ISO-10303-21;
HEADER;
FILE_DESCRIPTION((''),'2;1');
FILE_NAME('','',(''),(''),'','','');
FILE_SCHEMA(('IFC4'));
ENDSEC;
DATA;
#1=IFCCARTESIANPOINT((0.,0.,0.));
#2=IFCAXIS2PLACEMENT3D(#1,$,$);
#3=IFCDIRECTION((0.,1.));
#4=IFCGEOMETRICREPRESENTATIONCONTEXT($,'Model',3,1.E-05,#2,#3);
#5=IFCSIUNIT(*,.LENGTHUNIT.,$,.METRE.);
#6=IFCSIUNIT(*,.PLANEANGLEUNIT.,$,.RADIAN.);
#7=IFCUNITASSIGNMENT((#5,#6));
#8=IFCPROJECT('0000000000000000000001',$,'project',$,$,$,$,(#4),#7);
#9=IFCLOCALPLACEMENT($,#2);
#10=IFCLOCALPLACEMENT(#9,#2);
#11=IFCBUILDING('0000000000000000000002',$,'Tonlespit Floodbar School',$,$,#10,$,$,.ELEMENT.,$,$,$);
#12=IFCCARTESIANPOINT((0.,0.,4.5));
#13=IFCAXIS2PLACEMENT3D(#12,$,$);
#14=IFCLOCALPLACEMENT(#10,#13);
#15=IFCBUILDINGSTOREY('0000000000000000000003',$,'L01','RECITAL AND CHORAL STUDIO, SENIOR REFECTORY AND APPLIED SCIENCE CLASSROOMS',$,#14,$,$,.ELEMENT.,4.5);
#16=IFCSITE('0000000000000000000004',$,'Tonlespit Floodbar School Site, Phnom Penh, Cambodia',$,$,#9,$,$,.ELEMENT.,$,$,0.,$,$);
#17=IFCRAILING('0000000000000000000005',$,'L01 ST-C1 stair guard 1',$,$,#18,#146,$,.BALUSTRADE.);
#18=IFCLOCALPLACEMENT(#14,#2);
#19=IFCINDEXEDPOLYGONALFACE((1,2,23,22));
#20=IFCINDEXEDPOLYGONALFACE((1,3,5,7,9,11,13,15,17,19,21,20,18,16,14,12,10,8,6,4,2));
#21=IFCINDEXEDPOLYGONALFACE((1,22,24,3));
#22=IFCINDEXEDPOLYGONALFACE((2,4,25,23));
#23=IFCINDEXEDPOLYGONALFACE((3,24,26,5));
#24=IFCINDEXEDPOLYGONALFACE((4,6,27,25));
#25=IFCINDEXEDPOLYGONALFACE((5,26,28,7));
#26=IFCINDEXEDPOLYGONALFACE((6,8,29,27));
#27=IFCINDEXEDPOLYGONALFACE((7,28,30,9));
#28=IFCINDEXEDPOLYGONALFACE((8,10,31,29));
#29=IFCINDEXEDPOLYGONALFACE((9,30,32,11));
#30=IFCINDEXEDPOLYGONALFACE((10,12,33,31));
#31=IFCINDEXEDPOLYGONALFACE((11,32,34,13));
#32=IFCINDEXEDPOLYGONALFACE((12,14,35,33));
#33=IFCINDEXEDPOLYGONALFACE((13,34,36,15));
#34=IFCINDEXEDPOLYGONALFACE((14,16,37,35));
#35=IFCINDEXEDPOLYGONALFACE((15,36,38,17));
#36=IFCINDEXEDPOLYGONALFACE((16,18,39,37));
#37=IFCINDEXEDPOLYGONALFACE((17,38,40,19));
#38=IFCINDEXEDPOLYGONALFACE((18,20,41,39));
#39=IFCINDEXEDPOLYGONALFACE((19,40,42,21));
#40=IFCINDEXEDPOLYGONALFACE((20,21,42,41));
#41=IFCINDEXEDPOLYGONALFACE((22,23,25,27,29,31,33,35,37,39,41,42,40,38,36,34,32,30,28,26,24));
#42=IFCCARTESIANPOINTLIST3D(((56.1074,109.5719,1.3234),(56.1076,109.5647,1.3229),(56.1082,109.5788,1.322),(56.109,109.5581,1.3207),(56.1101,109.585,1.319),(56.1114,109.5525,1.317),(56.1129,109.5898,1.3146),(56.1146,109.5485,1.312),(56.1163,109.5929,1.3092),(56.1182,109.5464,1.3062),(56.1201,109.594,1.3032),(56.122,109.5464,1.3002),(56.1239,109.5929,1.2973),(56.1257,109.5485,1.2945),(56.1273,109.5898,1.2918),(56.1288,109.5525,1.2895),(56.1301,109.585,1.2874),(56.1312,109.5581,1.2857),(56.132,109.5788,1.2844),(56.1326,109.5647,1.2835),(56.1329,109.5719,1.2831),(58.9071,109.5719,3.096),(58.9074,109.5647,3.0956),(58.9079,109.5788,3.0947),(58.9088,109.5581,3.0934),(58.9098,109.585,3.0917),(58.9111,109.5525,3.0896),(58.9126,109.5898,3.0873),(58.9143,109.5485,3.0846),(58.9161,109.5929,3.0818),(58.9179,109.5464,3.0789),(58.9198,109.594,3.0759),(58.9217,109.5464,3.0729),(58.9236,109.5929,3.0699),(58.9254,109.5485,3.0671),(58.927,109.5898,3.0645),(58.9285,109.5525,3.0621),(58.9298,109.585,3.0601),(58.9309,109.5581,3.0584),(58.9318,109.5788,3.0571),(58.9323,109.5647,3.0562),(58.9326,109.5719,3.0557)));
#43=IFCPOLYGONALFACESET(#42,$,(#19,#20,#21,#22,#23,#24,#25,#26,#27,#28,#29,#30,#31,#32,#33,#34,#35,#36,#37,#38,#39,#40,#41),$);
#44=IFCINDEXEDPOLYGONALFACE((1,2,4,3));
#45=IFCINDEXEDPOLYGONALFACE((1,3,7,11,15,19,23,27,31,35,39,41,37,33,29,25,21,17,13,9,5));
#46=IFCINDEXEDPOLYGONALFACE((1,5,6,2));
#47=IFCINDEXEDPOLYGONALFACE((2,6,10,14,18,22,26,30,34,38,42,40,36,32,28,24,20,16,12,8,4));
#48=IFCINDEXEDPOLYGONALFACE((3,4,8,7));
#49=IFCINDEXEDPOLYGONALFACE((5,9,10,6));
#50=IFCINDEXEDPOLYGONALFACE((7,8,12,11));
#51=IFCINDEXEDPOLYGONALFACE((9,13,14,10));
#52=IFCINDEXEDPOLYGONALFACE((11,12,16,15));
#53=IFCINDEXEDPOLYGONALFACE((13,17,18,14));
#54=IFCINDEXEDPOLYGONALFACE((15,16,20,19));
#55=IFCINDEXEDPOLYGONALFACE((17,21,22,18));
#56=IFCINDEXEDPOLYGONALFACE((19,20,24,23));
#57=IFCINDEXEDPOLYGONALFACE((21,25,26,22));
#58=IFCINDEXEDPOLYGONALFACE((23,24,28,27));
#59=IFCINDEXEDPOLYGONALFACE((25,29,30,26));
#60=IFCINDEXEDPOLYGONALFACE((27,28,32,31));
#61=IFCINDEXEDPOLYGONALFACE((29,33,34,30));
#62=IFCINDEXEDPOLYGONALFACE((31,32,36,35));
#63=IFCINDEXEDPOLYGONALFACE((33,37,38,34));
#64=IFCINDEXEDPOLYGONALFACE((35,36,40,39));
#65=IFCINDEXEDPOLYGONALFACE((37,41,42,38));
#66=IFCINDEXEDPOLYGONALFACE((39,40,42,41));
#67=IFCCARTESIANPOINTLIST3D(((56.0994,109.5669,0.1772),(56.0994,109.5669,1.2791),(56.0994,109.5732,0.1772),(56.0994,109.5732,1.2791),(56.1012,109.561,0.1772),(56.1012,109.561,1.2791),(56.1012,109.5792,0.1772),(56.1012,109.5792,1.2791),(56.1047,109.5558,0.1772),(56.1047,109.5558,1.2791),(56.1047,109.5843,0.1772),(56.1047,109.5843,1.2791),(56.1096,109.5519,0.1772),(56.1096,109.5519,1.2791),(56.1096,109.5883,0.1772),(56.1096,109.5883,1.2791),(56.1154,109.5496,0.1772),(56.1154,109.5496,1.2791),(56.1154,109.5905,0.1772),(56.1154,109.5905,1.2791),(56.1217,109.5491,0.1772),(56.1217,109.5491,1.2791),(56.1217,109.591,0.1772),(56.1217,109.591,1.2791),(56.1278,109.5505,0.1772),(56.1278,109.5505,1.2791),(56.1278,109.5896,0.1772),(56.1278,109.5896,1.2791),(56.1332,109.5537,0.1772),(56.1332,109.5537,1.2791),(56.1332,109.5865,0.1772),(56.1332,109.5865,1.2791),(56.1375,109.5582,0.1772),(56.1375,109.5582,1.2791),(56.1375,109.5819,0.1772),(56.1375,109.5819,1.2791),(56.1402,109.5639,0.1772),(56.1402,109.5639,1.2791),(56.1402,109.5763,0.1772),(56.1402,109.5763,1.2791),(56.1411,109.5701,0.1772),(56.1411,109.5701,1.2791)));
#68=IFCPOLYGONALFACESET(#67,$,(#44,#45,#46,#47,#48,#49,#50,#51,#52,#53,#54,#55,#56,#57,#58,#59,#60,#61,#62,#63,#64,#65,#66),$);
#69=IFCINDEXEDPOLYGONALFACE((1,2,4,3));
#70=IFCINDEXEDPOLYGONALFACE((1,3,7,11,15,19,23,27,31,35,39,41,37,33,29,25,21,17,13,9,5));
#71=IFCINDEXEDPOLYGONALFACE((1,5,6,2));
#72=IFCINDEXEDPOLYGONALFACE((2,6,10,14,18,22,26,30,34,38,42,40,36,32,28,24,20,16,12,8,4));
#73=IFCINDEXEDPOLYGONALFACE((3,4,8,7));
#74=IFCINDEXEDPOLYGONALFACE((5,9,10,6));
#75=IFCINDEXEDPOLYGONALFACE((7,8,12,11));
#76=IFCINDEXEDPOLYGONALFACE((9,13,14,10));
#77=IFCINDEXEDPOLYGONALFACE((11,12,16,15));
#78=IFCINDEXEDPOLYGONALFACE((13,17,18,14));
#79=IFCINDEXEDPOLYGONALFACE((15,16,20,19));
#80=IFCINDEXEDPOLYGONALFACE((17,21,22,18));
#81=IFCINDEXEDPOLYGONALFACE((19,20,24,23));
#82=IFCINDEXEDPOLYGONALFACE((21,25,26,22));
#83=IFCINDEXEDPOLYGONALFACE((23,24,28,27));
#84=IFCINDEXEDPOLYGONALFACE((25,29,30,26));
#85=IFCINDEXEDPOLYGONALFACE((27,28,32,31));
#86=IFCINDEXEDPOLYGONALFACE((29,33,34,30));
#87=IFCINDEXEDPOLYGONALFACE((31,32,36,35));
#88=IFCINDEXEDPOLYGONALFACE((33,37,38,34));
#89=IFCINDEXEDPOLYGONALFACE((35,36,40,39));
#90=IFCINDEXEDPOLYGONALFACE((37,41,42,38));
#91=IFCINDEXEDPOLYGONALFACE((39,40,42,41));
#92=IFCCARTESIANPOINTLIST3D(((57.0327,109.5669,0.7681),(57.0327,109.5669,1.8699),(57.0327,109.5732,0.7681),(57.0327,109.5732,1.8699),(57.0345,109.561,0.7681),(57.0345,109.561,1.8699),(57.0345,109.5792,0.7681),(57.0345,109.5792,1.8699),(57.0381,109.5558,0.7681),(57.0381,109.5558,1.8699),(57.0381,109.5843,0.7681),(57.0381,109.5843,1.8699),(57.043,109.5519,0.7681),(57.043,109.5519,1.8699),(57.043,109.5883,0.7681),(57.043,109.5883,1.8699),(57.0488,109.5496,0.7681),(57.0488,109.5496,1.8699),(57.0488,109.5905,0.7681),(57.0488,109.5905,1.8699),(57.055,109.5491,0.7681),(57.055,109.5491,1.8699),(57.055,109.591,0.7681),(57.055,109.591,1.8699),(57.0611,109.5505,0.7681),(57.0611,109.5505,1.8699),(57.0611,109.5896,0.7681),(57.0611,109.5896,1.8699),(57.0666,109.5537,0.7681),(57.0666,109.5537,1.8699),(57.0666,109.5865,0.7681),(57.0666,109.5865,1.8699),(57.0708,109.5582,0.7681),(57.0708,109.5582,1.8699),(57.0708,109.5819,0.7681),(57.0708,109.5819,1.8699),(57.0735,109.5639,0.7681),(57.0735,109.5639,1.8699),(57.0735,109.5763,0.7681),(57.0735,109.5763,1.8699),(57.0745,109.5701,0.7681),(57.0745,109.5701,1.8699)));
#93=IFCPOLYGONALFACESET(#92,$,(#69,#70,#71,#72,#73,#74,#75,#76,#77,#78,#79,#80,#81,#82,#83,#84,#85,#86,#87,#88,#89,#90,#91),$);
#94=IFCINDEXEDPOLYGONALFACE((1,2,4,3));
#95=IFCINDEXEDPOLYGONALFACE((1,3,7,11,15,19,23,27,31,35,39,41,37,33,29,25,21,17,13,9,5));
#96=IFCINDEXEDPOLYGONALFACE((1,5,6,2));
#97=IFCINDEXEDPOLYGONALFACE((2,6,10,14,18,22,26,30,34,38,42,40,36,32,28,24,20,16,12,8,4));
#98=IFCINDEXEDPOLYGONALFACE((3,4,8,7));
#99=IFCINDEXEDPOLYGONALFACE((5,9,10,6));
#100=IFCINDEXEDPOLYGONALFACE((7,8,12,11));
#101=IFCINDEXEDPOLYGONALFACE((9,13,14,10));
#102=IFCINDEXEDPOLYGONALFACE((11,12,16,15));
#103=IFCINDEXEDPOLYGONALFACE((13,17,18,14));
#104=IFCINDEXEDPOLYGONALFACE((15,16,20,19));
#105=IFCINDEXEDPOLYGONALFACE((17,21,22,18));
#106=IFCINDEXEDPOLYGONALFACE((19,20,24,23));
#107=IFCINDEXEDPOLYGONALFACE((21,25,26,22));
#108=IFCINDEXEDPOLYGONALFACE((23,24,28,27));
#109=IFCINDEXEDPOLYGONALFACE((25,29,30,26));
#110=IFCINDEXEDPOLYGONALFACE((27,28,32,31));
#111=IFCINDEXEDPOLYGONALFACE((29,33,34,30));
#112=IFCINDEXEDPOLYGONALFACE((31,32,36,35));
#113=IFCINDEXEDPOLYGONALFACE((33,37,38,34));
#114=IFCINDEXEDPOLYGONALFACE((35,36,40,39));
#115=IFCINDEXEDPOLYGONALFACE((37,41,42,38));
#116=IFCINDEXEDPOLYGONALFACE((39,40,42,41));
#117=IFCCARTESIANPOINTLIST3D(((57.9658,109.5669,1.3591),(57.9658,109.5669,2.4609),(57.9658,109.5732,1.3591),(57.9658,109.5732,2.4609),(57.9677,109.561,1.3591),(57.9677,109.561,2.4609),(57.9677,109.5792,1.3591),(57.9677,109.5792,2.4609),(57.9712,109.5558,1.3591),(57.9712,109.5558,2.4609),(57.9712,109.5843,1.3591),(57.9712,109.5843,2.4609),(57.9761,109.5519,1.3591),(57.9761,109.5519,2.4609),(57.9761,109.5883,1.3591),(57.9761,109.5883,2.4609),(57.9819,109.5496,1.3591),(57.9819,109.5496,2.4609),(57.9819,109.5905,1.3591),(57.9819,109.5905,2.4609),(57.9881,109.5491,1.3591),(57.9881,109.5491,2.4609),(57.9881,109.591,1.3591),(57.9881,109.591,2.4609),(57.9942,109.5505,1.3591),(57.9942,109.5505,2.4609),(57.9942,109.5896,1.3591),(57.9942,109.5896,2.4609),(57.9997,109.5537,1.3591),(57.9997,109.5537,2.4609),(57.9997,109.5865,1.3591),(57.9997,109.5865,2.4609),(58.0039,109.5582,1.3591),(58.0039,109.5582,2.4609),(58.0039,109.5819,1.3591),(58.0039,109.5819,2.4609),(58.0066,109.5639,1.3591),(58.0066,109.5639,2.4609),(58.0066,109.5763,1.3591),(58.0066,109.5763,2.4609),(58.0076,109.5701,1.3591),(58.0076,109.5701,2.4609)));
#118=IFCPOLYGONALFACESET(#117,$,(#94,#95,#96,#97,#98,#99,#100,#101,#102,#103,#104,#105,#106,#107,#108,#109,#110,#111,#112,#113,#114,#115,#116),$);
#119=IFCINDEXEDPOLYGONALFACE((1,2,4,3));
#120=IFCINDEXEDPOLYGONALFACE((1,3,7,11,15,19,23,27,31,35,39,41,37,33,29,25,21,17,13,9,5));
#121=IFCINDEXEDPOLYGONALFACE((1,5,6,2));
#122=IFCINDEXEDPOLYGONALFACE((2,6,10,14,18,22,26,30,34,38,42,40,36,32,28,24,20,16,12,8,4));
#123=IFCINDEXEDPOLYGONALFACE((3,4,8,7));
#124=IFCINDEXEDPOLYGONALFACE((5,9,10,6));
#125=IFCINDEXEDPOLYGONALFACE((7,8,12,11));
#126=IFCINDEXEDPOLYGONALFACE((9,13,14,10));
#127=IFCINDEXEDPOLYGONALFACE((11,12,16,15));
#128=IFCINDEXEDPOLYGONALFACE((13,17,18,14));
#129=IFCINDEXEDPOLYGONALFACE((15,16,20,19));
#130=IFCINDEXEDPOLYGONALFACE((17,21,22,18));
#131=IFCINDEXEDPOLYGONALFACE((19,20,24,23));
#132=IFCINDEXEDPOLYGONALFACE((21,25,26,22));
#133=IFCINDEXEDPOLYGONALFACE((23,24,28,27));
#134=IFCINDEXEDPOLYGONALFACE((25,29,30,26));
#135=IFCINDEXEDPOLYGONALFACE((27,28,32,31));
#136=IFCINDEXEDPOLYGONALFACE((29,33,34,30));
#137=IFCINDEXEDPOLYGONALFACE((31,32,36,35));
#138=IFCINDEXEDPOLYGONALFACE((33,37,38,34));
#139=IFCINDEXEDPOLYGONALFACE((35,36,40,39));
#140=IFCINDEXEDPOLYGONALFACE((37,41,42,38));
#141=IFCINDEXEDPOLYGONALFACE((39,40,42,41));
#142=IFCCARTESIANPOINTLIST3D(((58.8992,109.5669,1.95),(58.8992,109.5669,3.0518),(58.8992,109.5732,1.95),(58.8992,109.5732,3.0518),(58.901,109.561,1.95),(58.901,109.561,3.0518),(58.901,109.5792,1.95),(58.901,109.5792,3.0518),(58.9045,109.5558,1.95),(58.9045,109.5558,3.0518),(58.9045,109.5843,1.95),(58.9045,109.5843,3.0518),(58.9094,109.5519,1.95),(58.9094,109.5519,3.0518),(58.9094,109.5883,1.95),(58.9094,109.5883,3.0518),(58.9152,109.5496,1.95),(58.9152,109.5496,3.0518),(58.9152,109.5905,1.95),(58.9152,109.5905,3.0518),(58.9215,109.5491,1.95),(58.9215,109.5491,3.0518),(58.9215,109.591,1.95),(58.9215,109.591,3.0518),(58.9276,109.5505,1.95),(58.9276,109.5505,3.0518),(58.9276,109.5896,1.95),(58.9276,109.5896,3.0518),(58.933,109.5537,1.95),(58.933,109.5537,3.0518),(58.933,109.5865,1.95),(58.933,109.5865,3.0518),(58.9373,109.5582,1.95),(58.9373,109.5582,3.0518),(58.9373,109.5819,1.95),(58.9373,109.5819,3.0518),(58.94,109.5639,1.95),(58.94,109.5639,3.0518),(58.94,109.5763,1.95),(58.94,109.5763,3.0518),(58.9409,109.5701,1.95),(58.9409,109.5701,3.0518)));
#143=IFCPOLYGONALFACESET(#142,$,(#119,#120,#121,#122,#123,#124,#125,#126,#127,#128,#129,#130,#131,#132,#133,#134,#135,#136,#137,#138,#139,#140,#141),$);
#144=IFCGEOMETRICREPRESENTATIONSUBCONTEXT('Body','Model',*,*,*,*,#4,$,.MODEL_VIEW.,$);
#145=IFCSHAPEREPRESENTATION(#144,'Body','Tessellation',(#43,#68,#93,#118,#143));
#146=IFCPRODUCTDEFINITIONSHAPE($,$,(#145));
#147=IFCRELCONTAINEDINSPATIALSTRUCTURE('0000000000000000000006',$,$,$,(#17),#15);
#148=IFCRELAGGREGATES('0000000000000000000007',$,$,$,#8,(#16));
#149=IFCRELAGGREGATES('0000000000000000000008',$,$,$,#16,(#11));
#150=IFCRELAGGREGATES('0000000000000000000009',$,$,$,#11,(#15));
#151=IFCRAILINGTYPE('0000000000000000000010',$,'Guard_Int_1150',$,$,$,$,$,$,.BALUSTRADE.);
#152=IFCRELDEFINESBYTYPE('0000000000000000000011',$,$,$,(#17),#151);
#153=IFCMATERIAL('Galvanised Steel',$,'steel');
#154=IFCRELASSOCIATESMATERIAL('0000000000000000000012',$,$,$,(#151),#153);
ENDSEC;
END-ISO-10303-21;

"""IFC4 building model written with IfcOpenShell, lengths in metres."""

from ifc_helpers import new_model, si_unit, direction, frame, origin, origin_2d, place, context, subcontext, project, spatial, circle, extrude, material, type_object, element, save


model = new_model("IFC4")

# Units and contexts
model_context = context("Model", 3, precision=1e-05, world=origin(), true_north=direction((0.0, 1.0)))
body_context = subcontext(model_context, "Body", "Model", "MODEL_VIEW")
ifc_project = project(units=[si_unit("LENGTHUNIT", "METRE"), si_unit("PLANEANGLEUNIT", "RADIAN")], contexts=[model_context])

# Site, building, storey
site_placement = place(None, origin())
site = spatial("IfcSite", under=ifc_project, at=site_placement, Name="Tonlespit Floodbar School Site, Phnom Penh, Cambodia", CompositionType="ELEMENT", RefElevation=0.0)
building_placement = place(site_placement, origin())
building = spatial("IfcBuilding", under=site, at=building_placement, Name="Tonlespit Floodbar School", CompositionType="ELEMENT")
storey_placement = place(building_placement, frame((0.0, 0.0, 4.5)))
storey = spatial("IfcBuildingStorey", under=building, at=storey_placement, Name="L01", Description="RECITAL AND CHORAL STUDIO, SENIOR REFECTORY AND APPLIED SCIENCE CLASSROOMS", CompositionType="ELEMENT", Elevation=4.5)

# Shared definitions
ifc_material_1 = material(Name="Galvanised Steel", Category="steel")

# Railing
railing_type_1 = type_object("IfcRailingType", Name="Guard_Int_1150", PredefinedType="BALUSTRADE", material=ifc_material_1)
railing_1_placement = place(storey_placement, frame((56.1201, 109.5701, 0.1772)))
element("IfcRailing", 1, at=railing_1_placement, inside=storey, type_object=railing_type_1, Name="L01 ST-C1 stair guard 1", PredefinedType="BALUSTRADE", context=body_context, shape_type="SweptSolid", body=[
    extrude(circle(Radius=0.0239, at=origin_2d()), frame((0.0, 0.0, 1.126), z_axis=(0.844888, 0.0, 0.534943), x_axis=(0.0, 1.0, 0.0)), (0.0, 0.0, 1.0), 3.3137),
    extrude(circle(Radius=0.021, at=origin_2d()), origin(), (0.0, 0.0, 1.0), 1.1018),
    extrude(circle(Radius=0.021, at=origin_2d()), frame((0.9333, 0.0, 0.5908)), (0.0, 0.0, 1.0), 1.1018),
    extrude(circle(Radius=0.021, at=origin_2d()), frame((1.8665, 0.0, 1.1819)), (0.0, 0.0, 1.0), 1.1018),
    extrude(circle(Radius=0.021, at=origin_2d()), frame((2.7998, 0.0, 1.7727)), (0.0, 0.0, 1.0), 1.1018),
])

save(model, "model.ifc")
